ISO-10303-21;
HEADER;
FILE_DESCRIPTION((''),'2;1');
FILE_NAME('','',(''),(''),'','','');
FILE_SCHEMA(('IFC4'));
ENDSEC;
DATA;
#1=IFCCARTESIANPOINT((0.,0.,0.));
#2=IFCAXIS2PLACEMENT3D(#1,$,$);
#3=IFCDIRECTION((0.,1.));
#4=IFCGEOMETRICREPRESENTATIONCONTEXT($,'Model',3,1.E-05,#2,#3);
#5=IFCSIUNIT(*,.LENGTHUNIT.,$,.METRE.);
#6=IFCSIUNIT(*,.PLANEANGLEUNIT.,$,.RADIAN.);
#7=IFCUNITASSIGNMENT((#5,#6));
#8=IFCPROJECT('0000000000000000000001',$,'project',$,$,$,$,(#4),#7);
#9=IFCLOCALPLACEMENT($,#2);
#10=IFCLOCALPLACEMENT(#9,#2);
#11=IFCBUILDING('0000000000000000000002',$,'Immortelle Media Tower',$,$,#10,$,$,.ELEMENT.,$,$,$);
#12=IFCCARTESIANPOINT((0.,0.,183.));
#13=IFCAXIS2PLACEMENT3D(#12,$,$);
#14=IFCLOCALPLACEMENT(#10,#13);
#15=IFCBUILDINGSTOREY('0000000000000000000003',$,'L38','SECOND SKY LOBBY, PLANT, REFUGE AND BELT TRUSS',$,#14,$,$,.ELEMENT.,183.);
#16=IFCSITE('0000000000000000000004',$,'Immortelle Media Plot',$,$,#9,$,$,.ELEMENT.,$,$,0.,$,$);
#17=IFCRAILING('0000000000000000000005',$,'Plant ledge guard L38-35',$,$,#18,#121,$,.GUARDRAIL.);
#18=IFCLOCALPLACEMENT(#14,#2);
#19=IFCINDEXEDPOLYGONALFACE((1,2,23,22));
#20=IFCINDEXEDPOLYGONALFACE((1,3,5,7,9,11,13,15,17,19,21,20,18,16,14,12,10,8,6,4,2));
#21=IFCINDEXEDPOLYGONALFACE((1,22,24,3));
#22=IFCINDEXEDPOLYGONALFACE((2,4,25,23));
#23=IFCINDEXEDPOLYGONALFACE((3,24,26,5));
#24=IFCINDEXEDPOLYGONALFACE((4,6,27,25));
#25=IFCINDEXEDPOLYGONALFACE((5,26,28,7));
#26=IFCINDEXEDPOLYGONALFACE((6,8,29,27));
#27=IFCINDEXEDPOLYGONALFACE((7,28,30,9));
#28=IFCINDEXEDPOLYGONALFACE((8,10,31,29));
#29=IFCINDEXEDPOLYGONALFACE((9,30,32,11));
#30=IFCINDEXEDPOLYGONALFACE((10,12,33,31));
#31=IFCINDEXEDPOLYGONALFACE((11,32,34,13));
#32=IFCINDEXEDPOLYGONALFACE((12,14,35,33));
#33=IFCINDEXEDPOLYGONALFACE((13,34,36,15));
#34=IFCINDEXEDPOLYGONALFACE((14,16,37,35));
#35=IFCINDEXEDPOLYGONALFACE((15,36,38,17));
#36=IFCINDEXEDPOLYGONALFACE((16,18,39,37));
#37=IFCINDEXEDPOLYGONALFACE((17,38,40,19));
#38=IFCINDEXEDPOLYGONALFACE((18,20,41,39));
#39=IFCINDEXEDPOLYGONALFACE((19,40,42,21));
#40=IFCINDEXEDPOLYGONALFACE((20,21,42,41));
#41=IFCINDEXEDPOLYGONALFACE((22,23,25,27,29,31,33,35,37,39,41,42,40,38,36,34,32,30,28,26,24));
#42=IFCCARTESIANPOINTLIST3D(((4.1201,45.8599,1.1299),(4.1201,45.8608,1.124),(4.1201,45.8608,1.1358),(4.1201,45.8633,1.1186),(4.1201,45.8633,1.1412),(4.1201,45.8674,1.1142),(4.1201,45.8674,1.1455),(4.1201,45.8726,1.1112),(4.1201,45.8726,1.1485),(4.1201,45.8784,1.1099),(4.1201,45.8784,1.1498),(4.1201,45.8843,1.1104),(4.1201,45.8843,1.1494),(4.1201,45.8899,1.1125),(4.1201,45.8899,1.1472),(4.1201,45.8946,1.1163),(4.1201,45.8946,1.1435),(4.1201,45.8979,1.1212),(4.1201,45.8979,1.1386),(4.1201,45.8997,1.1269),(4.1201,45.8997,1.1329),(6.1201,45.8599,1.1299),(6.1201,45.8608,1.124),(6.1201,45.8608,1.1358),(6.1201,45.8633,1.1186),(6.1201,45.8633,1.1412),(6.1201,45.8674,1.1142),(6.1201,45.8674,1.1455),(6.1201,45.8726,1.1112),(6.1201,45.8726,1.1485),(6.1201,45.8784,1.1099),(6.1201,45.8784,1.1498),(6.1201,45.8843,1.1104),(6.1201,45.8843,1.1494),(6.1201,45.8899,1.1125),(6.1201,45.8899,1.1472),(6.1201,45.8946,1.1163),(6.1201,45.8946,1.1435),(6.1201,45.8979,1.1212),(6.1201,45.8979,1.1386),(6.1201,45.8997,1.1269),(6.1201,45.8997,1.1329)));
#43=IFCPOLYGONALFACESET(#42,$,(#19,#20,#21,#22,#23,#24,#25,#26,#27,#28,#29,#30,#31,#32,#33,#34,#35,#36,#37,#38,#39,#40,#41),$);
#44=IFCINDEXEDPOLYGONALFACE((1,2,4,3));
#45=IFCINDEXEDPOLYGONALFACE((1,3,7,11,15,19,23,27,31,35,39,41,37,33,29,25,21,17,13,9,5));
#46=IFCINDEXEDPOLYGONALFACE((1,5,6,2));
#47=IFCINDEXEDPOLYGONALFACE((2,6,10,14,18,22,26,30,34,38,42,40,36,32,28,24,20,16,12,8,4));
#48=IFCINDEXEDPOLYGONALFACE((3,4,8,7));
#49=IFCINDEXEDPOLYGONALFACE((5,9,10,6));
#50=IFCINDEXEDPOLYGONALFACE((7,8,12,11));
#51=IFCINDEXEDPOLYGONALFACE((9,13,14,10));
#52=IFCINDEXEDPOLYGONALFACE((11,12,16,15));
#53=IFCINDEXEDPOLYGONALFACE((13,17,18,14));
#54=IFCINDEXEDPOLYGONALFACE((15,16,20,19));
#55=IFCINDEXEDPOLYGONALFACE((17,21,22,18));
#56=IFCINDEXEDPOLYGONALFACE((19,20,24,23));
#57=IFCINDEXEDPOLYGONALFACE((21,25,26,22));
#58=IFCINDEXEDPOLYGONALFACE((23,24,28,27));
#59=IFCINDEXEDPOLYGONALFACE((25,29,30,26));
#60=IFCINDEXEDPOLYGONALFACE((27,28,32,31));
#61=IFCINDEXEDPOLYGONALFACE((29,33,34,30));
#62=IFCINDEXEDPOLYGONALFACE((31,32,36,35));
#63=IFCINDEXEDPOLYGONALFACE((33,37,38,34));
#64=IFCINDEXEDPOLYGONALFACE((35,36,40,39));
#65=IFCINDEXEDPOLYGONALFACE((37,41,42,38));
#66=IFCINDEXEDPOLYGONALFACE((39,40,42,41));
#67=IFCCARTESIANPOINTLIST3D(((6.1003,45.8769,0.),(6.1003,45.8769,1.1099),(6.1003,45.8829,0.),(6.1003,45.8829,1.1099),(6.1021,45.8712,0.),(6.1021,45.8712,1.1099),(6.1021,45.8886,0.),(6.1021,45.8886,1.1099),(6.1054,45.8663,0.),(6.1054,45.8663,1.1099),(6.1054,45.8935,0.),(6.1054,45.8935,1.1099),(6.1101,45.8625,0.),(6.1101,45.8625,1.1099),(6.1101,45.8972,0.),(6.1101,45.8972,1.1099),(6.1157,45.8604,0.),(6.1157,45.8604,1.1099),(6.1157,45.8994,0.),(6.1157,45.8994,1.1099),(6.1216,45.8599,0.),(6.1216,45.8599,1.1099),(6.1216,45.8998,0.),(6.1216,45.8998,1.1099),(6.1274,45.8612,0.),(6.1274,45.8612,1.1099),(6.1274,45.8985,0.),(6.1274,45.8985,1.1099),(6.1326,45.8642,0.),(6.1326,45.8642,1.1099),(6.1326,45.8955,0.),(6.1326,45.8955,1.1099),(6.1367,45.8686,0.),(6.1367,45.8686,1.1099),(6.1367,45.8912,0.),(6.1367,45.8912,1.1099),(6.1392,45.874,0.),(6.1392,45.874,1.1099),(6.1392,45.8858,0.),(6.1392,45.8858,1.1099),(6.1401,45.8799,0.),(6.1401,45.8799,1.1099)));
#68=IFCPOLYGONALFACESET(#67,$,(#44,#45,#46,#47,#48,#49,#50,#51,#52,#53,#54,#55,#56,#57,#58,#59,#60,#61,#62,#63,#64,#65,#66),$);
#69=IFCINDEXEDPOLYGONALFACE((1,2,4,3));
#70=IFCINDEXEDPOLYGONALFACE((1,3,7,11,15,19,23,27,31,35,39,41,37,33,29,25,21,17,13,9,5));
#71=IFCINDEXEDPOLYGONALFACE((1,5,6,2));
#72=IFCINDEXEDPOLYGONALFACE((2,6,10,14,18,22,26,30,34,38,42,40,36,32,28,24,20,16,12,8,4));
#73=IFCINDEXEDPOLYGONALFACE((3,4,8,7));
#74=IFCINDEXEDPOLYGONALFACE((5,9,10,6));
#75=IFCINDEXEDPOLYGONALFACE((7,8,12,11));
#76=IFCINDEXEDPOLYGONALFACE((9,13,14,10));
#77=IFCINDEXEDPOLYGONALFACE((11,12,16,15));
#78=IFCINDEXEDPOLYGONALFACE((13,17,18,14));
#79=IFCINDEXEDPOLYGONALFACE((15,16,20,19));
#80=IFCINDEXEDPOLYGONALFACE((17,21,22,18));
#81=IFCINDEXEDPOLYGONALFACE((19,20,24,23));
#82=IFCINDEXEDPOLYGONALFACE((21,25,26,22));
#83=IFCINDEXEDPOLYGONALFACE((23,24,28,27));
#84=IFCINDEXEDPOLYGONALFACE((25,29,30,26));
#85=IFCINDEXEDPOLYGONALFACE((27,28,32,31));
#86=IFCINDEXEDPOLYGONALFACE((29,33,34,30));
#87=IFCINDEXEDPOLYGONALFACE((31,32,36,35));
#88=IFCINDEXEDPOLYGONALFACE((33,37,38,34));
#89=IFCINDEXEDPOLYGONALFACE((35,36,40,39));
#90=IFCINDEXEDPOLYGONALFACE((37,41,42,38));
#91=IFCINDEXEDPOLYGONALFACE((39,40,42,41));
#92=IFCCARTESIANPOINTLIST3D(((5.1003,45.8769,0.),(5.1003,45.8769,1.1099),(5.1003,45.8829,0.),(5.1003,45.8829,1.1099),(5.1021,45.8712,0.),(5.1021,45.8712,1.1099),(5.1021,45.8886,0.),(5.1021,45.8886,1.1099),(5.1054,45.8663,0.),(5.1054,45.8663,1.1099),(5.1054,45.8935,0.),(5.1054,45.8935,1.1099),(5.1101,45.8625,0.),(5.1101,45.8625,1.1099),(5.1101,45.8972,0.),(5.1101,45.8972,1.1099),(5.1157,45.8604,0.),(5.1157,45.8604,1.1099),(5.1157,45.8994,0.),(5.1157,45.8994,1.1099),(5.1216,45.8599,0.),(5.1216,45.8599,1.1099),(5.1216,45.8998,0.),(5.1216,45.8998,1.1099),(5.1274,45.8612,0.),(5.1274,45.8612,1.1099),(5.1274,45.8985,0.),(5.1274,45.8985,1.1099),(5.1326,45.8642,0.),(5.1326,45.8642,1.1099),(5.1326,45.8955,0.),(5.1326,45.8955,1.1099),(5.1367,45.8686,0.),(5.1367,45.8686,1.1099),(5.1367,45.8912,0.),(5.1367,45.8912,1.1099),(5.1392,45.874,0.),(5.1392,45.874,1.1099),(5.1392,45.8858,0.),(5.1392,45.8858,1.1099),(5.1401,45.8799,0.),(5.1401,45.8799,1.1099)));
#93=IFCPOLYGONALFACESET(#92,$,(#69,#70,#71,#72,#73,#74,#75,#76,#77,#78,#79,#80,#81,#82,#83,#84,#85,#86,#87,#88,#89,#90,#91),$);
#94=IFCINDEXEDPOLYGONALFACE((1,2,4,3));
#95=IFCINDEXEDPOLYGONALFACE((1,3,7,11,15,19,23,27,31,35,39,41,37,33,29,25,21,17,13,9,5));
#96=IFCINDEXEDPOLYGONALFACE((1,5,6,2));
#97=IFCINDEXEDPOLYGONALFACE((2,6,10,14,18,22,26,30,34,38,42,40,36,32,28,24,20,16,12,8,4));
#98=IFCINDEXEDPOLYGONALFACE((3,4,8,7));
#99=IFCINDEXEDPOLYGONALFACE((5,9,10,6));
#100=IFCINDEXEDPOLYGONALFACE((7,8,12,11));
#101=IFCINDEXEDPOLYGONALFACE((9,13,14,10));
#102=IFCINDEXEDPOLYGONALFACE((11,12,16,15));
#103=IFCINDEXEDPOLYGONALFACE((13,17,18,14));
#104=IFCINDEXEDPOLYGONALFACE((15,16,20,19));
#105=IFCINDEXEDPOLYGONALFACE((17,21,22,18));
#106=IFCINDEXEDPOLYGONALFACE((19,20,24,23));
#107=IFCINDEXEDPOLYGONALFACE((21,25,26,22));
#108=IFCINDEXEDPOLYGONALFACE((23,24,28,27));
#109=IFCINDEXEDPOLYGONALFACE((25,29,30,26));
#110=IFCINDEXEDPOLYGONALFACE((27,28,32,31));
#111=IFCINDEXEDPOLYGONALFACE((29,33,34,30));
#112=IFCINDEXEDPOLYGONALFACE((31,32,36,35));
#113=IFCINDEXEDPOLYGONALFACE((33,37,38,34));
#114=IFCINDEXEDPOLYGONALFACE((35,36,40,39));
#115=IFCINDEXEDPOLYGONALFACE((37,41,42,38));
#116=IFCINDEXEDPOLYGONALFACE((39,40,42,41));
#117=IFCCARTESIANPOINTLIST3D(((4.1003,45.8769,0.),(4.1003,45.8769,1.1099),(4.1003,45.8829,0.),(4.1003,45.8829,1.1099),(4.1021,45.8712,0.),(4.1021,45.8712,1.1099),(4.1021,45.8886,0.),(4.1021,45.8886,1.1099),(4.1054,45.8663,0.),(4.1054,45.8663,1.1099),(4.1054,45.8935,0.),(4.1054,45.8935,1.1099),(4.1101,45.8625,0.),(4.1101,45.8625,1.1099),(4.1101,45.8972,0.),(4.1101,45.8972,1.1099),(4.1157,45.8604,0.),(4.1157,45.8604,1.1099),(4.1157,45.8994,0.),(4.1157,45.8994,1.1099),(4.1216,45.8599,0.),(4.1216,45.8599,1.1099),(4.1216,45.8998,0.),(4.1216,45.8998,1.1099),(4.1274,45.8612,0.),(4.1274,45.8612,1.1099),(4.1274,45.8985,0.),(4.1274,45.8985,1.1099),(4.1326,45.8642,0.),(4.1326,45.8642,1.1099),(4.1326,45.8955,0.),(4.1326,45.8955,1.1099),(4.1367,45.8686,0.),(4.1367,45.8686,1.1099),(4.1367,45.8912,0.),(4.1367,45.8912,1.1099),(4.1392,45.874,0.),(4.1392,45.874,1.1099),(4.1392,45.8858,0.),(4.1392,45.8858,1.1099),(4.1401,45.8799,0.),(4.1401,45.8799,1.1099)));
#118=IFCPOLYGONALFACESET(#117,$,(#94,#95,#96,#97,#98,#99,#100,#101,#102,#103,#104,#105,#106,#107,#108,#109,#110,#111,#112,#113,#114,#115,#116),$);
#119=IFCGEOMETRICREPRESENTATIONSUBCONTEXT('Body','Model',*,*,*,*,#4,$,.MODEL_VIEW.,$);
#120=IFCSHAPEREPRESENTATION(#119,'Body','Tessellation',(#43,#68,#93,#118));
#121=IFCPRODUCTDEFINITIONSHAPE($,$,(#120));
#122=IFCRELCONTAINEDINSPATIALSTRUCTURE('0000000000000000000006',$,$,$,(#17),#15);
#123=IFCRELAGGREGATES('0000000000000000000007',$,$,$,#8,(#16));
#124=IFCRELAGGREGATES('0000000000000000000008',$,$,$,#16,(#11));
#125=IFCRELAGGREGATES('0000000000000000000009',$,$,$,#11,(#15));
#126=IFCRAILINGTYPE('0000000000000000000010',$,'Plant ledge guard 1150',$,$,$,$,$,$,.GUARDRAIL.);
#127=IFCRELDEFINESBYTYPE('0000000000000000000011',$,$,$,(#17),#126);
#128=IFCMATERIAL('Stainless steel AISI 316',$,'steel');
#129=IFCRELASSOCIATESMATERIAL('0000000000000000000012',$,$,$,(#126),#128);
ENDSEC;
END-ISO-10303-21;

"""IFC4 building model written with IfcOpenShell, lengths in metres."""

from ifc_helpers import new_model, si_unit, direction, frame, origin, origin_2d, place, context, subcontext, project, spatial, circle, extrude, material, type_object, element, save


model = new_model("IFC4")

# Units and contexts
model_context = context("Model", 3, precision=1e-05, world=origin(), true_north=direction((0.0, 1.0)))
body_context = subcontext(model_context, "Body", "Model", "MODEL_VIEW")
ifc_project = project(units=[si_unit("LENGTHUNIT", "METRE"), si_unit("PLANEANGLEUNIT", "RADIAN")], contexts=[model_context])

# Site, building, storey
site_placement = place(None, origin())
site = spatial("IfcSite", under=ifc_project, at=site_placement, Name="Immortelle Media Plot", CompositionType="ELEMENT", RefElevation=0.0)
building_placement = place(site_placement, origin())
building = spatial("IfcBuilding", under=site, at=building_placement, Name="Immortelle Media Tower", CompositionType="ELEMENT")
storey_placement = place(building_placement, frame((0.0, 0.0, 183.0)))
storey = spatial("IfcBuildingStorey", under=building, at=storey_placement, Name="L38", Description="SECOND SKY LOBBY, PLANT, REFUGE AND BELT TRUSS", CompositionType="ELEMENT", Elevation=183.0)

# Railing
ifc_material_1 = material(Name="Stainless steel AISI 316", Category="steel")
railing_type = type_object("IfcRailingType", Name="Plant ledge guard 1150", PredefinedType="GUARDRAIL", material=ifc_material_1)
railing_1_placement = place(storey_placement, frame((6.1201, 45.8799, 0.0)))
element("IfcRailing", 1, at=railing_1_placement, inside=storey, type_object=railing_type, Name="Plant ledge guard L38-35", PredefinedType="GUARDRAIL", context=body_context, shape_type="SweptSolid", body=[
    extrude(circle(Radius=0.02, at=origin_2d()), frame((0.0, 0.0, 1.1299), z_axis=(-1.0, 0.0, 0.0), x_axis=(0.0, -1.0, 0.0)), (0.0, 0.0, 1.0), 2.0),
    extrude(circle(Radius=0.02, at=origin_2d()), origin(), (0.0, 0.0, 1.0), 1.1099),
    extrude(circle(Radius=0.02, at=origin_2d()), frame((-1.0, 0.0, 0.0)), (0.0, 0.0, 1.0), 1.1099),
    extrude(circle(Radius=0.02, at=origin_2d()), frame((-2.0, 0.0, 0.0)), (0.0, 0.0, 1.0), 1.1099),
])

save(model, "model.ifc")
